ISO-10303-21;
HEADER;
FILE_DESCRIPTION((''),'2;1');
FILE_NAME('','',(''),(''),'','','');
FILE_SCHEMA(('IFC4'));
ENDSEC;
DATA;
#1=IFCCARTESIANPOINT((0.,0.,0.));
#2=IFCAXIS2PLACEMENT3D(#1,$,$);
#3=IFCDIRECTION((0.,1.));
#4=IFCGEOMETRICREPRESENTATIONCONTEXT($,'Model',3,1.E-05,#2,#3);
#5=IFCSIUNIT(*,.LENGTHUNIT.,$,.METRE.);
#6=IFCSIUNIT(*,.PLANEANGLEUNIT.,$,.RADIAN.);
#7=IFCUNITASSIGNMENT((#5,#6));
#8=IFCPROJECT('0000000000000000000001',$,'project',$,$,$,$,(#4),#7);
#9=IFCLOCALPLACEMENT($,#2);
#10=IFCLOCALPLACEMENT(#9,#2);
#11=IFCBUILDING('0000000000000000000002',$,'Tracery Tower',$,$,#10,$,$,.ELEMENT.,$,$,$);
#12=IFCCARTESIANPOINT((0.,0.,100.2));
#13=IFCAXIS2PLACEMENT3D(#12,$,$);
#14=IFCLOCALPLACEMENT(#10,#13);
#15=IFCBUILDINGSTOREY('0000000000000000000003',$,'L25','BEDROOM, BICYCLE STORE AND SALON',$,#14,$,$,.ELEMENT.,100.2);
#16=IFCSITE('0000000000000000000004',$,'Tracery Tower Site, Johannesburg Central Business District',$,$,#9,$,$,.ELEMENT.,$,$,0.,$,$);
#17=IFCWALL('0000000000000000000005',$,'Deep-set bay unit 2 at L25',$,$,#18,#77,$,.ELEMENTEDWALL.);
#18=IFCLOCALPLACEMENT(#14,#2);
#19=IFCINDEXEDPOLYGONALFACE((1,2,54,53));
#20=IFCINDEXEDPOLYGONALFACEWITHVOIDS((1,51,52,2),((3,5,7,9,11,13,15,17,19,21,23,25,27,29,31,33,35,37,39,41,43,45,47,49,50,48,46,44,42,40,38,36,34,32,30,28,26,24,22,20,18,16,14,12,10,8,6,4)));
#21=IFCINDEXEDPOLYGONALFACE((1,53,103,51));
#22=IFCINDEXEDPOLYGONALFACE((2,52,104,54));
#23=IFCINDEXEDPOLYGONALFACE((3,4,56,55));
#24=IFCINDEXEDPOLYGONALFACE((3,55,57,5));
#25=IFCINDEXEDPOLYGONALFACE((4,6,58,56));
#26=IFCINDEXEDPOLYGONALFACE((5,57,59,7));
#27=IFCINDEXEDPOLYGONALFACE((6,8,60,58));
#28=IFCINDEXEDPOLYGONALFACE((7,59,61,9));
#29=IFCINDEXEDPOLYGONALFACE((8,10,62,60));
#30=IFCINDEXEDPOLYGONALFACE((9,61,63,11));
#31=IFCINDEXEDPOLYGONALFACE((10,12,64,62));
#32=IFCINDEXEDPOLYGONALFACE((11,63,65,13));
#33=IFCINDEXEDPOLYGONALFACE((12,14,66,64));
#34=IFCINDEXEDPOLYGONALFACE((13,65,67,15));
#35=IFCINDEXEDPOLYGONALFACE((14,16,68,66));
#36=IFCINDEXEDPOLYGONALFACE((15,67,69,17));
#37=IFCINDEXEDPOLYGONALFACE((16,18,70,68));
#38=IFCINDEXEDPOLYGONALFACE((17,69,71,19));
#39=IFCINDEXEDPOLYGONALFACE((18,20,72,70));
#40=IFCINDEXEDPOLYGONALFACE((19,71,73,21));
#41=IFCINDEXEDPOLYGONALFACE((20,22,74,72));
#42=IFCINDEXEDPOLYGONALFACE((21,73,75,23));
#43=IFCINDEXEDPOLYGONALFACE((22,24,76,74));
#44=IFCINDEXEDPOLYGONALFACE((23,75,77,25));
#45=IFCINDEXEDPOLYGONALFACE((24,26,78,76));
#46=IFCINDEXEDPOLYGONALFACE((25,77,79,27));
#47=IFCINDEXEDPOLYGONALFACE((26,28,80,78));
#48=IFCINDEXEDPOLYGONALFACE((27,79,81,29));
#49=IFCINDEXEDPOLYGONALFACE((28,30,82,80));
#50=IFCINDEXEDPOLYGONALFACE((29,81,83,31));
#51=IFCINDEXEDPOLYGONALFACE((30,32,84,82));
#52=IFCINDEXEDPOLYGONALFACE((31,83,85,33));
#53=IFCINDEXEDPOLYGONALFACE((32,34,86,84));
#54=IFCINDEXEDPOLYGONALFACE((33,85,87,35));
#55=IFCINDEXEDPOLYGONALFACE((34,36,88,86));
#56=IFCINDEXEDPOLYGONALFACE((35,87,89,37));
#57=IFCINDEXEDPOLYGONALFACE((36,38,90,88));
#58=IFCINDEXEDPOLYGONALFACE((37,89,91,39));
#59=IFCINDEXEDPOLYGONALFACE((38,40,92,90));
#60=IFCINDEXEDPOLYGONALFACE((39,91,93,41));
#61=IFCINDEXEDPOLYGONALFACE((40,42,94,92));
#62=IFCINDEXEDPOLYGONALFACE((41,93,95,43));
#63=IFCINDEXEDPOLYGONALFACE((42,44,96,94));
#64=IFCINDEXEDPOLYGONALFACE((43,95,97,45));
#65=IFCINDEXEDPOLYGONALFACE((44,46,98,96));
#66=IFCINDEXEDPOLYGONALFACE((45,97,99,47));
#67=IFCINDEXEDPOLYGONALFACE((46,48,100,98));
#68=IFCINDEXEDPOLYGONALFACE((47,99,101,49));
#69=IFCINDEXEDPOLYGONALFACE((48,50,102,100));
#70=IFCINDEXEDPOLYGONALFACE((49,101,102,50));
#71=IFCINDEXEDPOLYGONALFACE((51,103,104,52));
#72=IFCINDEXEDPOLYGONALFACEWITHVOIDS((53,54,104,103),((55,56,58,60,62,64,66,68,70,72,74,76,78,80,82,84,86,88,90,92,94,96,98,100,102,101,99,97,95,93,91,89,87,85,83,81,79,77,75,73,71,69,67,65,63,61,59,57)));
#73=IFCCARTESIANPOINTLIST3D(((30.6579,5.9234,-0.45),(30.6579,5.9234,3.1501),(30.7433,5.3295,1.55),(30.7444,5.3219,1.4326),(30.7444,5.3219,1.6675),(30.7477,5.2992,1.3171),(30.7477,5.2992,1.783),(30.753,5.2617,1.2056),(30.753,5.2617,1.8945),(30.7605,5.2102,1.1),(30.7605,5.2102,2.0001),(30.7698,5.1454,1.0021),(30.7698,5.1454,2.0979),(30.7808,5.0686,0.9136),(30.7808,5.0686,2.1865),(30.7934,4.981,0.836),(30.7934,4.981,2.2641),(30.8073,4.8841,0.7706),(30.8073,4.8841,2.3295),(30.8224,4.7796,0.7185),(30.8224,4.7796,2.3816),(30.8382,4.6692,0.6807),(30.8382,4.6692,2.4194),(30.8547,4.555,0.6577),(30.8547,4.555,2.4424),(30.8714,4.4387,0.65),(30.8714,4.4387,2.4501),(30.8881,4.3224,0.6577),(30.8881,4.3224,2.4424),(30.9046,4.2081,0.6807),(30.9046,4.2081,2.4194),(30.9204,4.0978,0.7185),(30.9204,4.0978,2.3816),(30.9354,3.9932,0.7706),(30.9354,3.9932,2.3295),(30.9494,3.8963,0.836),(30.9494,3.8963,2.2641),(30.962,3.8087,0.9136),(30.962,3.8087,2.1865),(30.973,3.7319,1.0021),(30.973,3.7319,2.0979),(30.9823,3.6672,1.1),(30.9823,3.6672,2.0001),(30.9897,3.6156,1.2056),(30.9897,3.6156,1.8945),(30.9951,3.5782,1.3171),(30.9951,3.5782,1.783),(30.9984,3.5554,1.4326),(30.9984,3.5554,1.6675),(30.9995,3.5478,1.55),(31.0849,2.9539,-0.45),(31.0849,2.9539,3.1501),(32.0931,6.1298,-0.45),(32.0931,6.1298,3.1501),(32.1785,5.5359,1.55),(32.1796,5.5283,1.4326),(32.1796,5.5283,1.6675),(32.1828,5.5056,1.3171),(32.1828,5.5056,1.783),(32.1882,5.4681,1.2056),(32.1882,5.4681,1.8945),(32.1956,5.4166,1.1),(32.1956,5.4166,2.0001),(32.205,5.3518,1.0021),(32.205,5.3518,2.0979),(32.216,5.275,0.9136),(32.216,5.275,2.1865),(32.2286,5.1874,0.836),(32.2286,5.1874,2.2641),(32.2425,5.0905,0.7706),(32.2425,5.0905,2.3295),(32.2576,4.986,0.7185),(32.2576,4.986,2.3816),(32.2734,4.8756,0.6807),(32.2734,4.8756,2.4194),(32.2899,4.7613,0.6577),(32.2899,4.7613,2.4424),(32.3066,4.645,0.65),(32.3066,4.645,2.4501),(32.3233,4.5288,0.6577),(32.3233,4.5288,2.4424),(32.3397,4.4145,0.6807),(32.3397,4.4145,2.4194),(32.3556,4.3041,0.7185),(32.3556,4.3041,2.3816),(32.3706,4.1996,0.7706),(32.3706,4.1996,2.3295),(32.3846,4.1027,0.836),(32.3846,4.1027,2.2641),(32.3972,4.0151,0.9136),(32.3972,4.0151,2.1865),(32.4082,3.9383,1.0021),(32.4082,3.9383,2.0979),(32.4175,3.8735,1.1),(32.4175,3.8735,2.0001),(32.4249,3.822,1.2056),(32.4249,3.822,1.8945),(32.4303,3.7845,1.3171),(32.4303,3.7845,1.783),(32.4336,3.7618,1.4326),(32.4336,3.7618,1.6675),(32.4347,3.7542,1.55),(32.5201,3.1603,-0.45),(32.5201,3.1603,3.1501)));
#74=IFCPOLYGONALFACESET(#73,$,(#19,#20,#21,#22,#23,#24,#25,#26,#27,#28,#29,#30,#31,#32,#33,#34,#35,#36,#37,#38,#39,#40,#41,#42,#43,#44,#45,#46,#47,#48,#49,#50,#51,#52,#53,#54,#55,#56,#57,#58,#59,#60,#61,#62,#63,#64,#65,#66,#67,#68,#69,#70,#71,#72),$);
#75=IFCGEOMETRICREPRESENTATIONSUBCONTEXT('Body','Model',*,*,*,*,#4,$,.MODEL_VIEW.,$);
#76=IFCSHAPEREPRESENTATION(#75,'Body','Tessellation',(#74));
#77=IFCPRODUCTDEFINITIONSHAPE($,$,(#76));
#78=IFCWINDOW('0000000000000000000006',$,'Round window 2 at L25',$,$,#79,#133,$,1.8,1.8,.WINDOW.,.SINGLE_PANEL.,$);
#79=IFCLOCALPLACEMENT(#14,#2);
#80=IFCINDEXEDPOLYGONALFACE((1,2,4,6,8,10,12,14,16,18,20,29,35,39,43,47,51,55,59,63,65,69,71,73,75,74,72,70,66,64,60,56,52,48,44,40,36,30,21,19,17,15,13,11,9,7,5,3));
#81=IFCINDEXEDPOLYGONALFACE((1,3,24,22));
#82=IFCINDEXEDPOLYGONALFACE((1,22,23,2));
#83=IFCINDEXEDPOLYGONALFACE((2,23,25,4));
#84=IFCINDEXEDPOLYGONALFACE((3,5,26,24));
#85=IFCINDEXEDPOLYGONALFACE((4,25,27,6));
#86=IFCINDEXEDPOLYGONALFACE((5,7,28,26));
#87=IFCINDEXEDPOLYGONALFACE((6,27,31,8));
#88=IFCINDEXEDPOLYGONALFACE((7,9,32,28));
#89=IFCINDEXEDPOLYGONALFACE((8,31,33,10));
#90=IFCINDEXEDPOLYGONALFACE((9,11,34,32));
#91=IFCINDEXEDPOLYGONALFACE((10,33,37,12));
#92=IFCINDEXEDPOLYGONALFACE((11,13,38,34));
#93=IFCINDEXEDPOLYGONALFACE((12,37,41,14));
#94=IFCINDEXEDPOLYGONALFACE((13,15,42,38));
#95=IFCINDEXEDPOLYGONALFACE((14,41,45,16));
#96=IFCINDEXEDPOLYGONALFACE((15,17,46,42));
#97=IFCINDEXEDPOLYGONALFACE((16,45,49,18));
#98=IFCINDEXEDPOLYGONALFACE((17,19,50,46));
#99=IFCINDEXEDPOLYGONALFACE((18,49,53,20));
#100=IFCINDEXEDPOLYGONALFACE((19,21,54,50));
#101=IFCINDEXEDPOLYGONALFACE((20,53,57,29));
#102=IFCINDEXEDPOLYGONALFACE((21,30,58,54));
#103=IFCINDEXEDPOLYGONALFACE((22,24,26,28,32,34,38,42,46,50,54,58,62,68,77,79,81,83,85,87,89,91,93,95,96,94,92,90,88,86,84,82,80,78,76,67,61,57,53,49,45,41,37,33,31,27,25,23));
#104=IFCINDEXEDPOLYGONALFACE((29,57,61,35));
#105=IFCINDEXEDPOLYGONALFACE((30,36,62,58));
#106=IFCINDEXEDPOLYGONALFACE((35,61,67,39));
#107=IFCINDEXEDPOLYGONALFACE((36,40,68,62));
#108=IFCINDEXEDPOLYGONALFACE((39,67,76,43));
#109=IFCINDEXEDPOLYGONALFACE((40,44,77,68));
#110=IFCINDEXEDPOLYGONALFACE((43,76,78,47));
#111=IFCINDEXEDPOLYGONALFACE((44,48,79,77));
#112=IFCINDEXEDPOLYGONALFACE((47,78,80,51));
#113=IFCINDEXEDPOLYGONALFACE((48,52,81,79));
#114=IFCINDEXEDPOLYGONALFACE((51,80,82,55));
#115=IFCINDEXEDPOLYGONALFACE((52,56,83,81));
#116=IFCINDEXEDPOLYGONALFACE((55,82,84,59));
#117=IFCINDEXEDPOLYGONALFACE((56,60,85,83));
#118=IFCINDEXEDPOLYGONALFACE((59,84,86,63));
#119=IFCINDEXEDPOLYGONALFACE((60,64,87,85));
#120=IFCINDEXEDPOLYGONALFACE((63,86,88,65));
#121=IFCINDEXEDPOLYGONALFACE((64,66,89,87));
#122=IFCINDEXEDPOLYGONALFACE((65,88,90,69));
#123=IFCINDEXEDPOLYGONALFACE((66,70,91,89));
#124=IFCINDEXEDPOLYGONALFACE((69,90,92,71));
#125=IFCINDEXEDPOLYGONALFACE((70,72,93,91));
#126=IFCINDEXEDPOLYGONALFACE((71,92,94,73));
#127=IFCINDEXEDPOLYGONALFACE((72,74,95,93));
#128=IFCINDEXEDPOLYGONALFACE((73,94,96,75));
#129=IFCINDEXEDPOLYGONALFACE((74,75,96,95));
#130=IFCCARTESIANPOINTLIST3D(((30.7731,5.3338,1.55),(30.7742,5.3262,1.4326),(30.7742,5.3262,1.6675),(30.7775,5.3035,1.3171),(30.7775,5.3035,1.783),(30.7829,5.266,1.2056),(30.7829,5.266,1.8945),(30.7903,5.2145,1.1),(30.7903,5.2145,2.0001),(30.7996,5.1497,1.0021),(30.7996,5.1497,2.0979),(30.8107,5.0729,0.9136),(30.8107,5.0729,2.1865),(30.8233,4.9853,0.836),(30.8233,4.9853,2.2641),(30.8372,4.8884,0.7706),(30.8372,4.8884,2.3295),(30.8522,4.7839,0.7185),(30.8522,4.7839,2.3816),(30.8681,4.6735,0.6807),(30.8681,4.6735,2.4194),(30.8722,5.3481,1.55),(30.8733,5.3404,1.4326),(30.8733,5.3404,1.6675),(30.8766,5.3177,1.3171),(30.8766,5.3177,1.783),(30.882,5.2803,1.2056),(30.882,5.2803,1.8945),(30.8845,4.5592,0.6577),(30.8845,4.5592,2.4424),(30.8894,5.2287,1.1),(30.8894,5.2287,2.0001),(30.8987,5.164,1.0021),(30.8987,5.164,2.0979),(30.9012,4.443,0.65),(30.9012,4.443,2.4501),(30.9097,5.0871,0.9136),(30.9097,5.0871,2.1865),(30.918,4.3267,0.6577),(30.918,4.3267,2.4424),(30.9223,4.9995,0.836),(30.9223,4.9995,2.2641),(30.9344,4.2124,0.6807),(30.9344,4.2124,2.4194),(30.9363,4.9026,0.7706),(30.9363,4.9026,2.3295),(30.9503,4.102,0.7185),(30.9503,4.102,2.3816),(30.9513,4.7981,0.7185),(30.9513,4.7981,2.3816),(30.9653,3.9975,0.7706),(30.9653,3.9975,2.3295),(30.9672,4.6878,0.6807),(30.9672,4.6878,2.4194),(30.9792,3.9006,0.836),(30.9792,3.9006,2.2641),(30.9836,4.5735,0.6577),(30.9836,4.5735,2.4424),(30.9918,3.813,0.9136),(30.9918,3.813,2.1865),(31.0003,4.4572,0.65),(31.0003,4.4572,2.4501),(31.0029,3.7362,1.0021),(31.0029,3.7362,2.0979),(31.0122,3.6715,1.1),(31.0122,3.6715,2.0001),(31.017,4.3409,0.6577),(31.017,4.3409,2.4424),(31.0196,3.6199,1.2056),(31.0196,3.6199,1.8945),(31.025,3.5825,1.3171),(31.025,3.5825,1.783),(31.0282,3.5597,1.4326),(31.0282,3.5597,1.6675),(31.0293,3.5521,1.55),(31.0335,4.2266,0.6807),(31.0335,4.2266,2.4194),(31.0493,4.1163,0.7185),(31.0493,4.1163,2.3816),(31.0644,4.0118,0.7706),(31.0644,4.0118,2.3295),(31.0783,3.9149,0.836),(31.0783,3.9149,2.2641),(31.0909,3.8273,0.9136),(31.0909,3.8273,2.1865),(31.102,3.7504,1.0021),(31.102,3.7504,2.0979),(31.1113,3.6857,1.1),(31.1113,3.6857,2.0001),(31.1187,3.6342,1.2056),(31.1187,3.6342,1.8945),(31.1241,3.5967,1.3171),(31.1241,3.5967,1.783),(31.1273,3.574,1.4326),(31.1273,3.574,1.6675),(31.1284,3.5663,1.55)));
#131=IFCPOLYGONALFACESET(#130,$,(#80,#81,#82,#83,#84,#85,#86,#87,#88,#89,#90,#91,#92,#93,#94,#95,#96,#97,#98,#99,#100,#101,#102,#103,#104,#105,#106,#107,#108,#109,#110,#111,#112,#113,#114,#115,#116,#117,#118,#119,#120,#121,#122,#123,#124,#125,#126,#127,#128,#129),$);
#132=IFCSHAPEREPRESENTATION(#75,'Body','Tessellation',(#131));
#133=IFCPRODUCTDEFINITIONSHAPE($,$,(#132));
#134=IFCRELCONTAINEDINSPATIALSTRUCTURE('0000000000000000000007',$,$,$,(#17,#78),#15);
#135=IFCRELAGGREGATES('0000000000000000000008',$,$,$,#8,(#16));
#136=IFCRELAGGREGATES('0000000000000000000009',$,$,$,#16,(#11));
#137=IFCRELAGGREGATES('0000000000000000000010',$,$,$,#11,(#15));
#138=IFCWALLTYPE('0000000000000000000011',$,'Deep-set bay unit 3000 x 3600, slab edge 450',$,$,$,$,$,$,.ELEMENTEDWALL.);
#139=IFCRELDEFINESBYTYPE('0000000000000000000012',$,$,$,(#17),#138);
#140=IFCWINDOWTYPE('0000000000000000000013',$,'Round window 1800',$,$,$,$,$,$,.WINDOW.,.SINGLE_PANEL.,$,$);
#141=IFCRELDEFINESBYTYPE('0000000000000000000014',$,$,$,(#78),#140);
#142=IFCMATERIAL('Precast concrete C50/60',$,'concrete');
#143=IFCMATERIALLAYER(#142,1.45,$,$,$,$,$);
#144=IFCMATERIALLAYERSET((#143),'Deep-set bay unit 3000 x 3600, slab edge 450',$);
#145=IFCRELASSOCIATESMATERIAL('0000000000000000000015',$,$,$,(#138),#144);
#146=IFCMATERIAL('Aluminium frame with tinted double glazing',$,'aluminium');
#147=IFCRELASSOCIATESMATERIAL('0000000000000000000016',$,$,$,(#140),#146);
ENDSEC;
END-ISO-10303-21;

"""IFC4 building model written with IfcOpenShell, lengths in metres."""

from ifc_helpers import new_model, si_unit, direction, frame, frame_2d, origin, origin_2d, place, context, subcontext, project, spatial, rectangle, circle, extrude, material, layer, layer_set, type_object, element, fill, save


model = new_model("IFC4")

# Units and contexts
model_context = context("Model", 3, precision=1e-05, world=origin(), true_north=direction((0.0, 1.0)))
body_context = subcontext(model_context, "Body", "Model", "MODEL_VIEW")
ifc_project = project(units=[si_unit("LENGTHUNIT", "METRE"), si_unit("PLANEANGLEUNIT", "RADIAN")], contexts=[model_context])

# Site, building, storey
site_placement = place(None, origin())
site = spatial("IfcSite", under=ifc_project, at=site_placement, Name="Tracery Tower Site, Johannesburg Central Business District", CompositionType="ELEMENT", RefElevation=0.0)
building_placement = place(site_placement, origin())
building = spatial("IfcBuilding", under=site, at=building_placement, Name="Tracery Tower", CompositionType="ELEMENT")
storey_placement = place(building_placement, frame((0.0, 0.0, 100.2)))
storey = spatial("IfcBuildingStorey", under=building, at=storey_placement, Name="L25", Description="BEDROOM, BICYCLE STORE AND SALON", CompositionType="ELEMENT", Elevation=100.2)

# Wall, opening, window
ifc_material_1 = material(Name="Precast concrete C50/60", Category="concrete")
ifc_layer_1 = layer(ifc_material_1, 1.45)
ifc_layer_set_1 = layer_set([ifc_layer_1], Name="Deep-set bay unit 3000 x 3600, slab edge 450")
wall_type_1 = type_object("IfcWallType", Name="Deep-set bay unit 3000 x 3600, slab edge 450", PredefinedType="ELEMENTEDWALL", material=ifc_layer_set_1)
wall_1_placement = place(storey_placement, frame((31.8025, 3.0571, -0.45), z_axis=(0.0, 0.0, 1.0), x_axis=(-0.142333, 0.989819, 0.0)))
wall_1 = element("IfcWall", 1, at=wall_1_placement, inside=storey, type_object=wall_type_1, Name="Deep-set bay unit 2 at L25", PredefinedType="ELEMENTEDWALL", context=body_context, shape_type="SweptSolid", body=[
    extrude(rectangle(XDim=3.0, YDim=1.45, at=frame_2d((1.5, 0.0))), origin(), (0.0, 0.0, 1.0), 3.6001),
])
opening_1_placement = place(wall_1_placement, frame((1.5, 0.0, 2.0)))
opening_1 = element("IfcOpeningElement", 2, at=opening_1_placement, cuts=wall_1, PredefinedType="OPENING", context=body_context, shape_type="SweptSolid", body=[
    extrude(circle(Radius=0.9, at=origin_2d()), frame((0.0, 0.7349, 0.0), z_axis=(0.0, -1.0, 0.0), x_axis=(1.0, 0.0, 0.0)), (0.0, 0.0, 1.0), 1.47),
])
ifc_material_2 = material(Name="Aluminium frame with tinted double glazing", Category="aluminium")
window_type = type_object("IfcWindowType", Name="Round window 1800", PartitioningType="SINGLE_PANEL", PredefinedType="WINDOW", material=ifc_material_2)
window_1_placement = place(opening_1_placement, origin())
window_1 = element("IfcWindow", 3, at=window_1_placement, inside=storey, type_object=window_type, Name="Round window 2 at L25", OverallHeight=1.8, OverallWidth=1.8, PartitioningType="SINGLE_PANEL", PredefinedType="WINDOW", context=body_context, shape_type="SweptSolid", body=[
    extrude(circle(Radius=0.9, at=origin_2d()), frame((0.0, 0.6948, 0.0), z_axis=(0.0, -1.0, 0.0), x_axis=(1.0, 0.0, 0.0)), (0.0, 0.0, 1.0), 0.1001),
])
fill(opening_1, window_1)

save(model, "model.ifc")
